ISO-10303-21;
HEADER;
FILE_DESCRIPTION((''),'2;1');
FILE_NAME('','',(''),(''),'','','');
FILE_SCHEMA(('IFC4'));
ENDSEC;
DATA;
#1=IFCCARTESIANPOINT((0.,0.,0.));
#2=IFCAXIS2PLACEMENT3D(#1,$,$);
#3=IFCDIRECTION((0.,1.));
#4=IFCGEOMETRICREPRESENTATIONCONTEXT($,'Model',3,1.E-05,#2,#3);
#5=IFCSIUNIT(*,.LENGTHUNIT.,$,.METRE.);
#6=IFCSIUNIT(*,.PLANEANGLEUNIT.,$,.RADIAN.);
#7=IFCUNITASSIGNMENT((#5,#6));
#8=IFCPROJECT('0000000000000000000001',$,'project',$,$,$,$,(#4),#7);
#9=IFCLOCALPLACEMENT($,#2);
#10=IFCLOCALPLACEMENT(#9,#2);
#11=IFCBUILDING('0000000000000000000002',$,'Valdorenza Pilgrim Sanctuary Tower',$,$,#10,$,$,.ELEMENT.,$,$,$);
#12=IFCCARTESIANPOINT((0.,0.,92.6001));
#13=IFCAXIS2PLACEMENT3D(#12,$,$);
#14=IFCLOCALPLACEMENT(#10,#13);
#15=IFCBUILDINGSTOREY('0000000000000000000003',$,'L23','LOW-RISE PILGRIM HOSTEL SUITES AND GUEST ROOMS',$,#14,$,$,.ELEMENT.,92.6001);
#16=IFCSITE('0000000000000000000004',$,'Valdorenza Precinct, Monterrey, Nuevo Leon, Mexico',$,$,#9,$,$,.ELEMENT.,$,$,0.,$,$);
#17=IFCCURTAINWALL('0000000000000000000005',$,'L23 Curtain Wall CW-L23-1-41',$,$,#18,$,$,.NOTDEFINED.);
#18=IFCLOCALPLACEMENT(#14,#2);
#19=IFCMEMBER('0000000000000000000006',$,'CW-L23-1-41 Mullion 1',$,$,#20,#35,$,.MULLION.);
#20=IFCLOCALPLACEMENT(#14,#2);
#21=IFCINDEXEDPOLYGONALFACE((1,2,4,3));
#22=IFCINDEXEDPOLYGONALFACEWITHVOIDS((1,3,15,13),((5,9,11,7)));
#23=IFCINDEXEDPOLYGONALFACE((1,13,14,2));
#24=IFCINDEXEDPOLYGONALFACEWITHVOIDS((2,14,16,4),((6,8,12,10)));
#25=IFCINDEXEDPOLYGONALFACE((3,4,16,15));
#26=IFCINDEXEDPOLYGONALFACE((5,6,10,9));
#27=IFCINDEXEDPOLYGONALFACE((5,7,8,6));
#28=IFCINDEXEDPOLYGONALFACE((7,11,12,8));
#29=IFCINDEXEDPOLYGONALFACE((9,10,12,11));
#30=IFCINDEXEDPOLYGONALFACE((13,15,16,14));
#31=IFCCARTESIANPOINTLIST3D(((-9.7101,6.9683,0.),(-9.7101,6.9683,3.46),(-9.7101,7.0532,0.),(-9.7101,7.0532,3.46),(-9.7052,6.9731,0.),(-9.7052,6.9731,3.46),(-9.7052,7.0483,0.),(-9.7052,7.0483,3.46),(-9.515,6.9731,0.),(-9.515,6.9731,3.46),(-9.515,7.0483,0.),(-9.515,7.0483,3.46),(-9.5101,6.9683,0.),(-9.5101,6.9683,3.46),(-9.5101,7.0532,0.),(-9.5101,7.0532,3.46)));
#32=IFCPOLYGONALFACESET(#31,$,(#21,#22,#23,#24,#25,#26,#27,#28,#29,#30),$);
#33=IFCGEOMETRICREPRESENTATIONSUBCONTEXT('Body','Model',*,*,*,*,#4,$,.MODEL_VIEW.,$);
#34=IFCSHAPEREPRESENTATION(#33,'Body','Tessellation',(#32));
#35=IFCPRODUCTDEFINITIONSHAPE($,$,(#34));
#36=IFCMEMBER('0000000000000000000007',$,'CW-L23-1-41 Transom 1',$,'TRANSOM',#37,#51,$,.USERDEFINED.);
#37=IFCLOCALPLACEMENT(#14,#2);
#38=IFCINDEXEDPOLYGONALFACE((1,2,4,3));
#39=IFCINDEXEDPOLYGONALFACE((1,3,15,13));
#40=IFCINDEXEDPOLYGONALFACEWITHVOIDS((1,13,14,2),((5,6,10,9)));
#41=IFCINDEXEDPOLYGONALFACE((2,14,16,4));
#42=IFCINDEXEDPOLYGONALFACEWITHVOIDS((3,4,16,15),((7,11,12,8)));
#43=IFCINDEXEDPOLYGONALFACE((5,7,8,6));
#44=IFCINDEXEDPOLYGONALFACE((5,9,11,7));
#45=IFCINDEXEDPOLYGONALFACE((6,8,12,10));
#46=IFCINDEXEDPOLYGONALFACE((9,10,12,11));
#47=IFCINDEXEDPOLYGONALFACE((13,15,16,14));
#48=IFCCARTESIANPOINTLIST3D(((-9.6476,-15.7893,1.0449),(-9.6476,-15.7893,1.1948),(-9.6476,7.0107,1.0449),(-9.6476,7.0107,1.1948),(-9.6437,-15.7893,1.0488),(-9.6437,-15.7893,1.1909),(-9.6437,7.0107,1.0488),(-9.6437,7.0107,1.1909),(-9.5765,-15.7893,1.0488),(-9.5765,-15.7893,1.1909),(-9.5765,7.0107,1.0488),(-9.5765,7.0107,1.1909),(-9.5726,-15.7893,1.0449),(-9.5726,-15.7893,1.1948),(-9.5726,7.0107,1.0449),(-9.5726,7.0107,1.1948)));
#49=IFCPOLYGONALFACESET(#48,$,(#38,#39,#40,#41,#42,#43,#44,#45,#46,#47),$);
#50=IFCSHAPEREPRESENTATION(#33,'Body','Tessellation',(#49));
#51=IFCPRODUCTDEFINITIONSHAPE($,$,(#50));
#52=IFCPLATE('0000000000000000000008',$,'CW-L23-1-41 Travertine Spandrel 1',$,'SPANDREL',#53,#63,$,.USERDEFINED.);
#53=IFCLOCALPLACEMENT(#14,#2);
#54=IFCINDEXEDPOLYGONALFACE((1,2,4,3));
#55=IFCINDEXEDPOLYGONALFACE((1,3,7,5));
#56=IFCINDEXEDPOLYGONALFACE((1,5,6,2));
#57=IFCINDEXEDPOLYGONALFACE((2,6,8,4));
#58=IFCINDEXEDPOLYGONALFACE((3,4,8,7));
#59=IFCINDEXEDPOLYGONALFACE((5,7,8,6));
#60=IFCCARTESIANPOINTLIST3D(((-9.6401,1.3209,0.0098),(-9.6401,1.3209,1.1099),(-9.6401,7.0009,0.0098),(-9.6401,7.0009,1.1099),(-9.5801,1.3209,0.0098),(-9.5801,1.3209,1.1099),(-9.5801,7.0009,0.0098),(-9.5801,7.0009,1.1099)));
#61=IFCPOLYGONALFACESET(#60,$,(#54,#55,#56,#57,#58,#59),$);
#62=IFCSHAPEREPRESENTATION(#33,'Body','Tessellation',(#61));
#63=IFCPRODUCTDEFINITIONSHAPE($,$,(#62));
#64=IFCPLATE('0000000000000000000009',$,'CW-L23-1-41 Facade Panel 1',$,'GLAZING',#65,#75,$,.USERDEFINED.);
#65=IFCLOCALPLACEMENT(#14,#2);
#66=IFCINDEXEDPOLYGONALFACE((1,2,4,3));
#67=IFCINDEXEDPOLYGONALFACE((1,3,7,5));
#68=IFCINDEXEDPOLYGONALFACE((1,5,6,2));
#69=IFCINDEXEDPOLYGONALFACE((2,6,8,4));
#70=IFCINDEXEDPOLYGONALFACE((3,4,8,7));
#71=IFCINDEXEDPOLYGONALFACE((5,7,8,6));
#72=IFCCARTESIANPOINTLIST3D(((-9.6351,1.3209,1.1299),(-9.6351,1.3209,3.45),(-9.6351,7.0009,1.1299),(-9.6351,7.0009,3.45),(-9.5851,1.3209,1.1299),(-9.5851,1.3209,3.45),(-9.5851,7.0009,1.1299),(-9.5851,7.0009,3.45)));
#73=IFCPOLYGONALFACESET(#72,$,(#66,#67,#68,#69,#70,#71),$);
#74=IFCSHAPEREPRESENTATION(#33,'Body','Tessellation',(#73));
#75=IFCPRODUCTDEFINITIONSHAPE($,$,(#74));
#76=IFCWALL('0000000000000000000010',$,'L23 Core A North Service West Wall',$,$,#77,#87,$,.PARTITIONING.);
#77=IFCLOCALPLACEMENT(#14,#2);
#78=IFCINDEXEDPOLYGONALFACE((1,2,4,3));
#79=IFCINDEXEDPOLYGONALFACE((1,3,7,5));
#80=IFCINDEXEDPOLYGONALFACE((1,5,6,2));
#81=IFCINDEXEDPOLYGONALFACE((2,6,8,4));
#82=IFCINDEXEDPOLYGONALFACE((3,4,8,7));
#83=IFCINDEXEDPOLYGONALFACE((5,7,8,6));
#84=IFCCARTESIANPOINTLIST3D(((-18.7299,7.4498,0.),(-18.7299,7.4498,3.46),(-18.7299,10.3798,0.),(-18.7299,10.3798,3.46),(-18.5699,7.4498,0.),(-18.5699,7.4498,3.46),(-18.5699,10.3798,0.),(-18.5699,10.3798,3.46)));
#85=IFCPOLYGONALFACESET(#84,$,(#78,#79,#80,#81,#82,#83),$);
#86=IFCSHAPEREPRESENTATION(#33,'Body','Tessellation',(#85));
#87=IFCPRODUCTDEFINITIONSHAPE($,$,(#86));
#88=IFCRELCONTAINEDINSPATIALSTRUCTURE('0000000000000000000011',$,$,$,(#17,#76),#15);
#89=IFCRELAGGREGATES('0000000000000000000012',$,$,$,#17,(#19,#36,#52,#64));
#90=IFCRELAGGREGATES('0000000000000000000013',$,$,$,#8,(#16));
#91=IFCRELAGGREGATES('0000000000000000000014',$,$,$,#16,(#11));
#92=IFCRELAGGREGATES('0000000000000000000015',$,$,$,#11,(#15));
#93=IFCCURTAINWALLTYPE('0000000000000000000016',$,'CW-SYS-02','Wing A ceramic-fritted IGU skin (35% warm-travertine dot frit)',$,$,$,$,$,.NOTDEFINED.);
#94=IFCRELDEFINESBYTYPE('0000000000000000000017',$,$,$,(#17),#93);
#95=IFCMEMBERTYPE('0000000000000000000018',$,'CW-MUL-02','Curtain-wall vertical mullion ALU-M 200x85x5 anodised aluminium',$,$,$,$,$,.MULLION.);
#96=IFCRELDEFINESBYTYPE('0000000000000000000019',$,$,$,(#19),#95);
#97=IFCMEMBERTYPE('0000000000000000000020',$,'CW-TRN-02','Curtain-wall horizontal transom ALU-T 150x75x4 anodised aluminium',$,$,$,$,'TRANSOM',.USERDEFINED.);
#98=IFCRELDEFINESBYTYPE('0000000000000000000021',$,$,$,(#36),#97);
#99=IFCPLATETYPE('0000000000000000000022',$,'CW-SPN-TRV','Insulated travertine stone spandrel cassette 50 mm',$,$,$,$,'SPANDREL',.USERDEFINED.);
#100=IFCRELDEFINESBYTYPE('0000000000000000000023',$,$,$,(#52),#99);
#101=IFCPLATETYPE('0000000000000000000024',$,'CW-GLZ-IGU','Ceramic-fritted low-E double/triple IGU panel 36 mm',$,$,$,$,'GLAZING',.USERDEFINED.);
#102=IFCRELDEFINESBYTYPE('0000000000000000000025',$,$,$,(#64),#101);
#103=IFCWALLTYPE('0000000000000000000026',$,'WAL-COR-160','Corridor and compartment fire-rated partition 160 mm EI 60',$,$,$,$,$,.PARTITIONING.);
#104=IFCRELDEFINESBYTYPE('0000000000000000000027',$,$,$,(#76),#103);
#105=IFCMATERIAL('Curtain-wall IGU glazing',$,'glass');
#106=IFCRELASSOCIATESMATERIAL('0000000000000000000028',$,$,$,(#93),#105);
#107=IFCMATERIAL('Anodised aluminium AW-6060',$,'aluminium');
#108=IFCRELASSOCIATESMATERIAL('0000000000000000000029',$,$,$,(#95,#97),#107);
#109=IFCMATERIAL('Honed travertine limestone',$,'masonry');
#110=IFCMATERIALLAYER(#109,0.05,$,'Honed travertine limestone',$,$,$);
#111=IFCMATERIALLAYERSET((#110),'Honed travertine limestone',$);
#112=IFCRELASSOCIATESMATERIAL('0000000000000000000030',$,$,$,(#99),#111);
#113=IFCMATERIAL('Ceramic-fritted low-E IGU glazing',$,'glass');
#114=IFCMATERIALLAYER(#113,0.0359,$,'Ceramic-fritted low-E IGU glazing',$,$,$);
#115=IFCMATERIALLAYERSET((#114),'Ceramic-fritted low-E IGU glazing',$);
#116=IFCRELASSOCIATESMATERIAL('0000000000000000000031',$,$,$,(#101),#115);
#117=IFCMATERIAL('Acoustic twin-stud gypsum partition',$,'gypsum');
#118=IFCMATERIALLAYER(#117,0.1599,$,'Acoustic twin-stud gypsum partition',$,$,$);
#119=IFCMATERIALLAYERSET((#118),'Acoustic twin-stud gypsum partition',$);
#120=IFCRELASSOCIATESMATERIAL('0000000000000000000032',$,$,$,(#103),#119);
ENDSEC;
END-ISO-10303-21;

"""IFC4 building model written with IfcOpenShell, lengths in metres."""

from ifc_helpers import new_model, si_unit, direction, frame, frame_2d, origin, origin_2d, place, context, subcontext, project, spatial, rectangle, hollow_rectangle, extrude, source, transform, mapped, material, layer, layer_set, material_profile, profile_set, type_object, element, aggregate, save


model = new_model("IFC4")

# Units and contexts
model_context = context("Model", 3, precision=1e-05, world=origin(), true_north=direction((0.0, 1.0)))
body_context = subcontext(model_context, "Body", "Model", "MODEL_VIEW")
ifc_project = project(units=[si_unit("LENGTHUNIT", "METRE"), si_unit("PLANEANGLEUNIT", "RADIAN")], contexts=[model_context])

# Site, building, storey
site_placement = place(None, origin())
site = spatial("IfcSite", under=ifc_project, at=site_placement, Name="Valdorenza Precinct, Monterrey, Nuevo Leon, Mexico", CompositionType="ELEMENT", RefElevation=0.0)
building_placement = place(site_placement, origin())
building = spatial("IfcBuilding", under=site, at=building_placement, Name="Valdorenza Pilgrim Sanctuary Tower", CompositionType="ELEMENT")
storey_placement = place(building_placement, frame((0.0, 0.0, 92.6001)))
storey = spatial("IfcBuildingStorey", under=building, at=storey_placement, Name="L23", Description="LOW-RISE PILGRIM HOSTEL SUITES AND GUEST ROOMS", CompositionType="ELEMENT", Elevation=92.6001)

# Curtain wall, members, plates
ifc_material_1 = material(Name="Curtain-wall IGU glazing", Category="glass")
curtain_wall_type = type_object("IfcCurtainWallType", Name="CW-SYS-02", Description="Wing A ceramic-fritted IGU skin (35% warm-travertine dot frit)", PredefinedType="NOTDEFINED", material=ifc_material_1)
curtain_wall_placement = place(storey_placement, origin())
curtain_wall = element("IfcCurtainWall", 1, at=curtain_wall_placement, inside=storey, type_object=curtain_wall_type, Name="L23 Curtain Wall CW-L23-1-41", PredefinedType="NOTDEFINED")
ifc_material_2 = material(Name="Anodised aluminium AW-6060", Category="aluminium")
ifc_material_profile_1 = material_profile(ifc_material_2, hollow_rectangle(XDim=0.085, YDim=0.2, WallThickness=0.0049, at=origin_2d()), Name="ALU-M 200x85x5")
ifc_profile_set_1 = profile_set([ifc_material_profile_1], Name="Anodised aluminium AW-6060")
member_type_1 = type_object("IfcMemberType", Name="CW-MUL-02", Description="Curtain-wall vertical mullion ALU-M 200x85x5 anodised aluminium", PredefinedType="MULLION", material=ifc_profile_set_1)
shared_shape_1 = source(origin(), body_context, "Body", "SweptSolid", [
    extrude(hollow_rectangle(XDim=0.085, YDim=0.2, WallThickness=0.0049, at=origin_2d()), origin(), (0.0, 0.0, 1.0), 3.46),
])
member_1_placement = place(storey_placement, frame((-9.6101, 7.0107, 0.0), z_axis=(0.0, 0.0, 1.0), x_axis=(0.0, -1.0, 0.0)))
member_1 = element("IfcMember", 2, at=member_1_placement, type_object=member_type_1, Name="CW-L23-1-41 Mullion 1", PredefinedType="MULLION", context=body_context, shape_type="MappedRepresentation", body=[
    mapped(shared_shape_1, transform((0.0, 0.0, 0.0), x_axis=(1.0, 0.0, 0.0), y_axis=(0.0, 1.0, 0.0), z_axis=(0.0, 0.0, 1.0), scale=1.0)),
])
ifc_material_profile_2 = material_profile(ifc_material_2, hollow_rectangle(XDim=0.075, YDim=0.1499, WallThickness=0.0039, at=origin_2d()), Name="ALU-T 150x75x4")
ifc_profile_set_2 = profile_set([ifc_material_profile_2], Name="Anodised aluminium AW-6060")
member_type_2 = type_object("IfcMemberType", Name="CW-TRN-02", Description="Curtain-wall horizontal transom ALU-T 150x75x4 anodised aluminium", ElementType="TRANSOM", PredefinedType="USERDEFINED", material=ifc_profile_set_2)
shared_shape_2 = source(origin(), body_context, "Body", "SweptSolid", [
    extrude(hollow_rectangle(XDim=0.075, YDim=0.1499, WallThickness=0.0039, at=origin_2d()), origin(), (0.0, 0.0, 1.0), 22.8),
])
member_2_placement = place(storey_placement, frame((-9.6101, 7.0107, 1.1199), z_axis=(0.0, -1.0, 0.0), x_axis=(1.0, 0.0, 0.0)))
member_2 = element("IfcMember", 3, at=member_2_placement, type_object=member_type_2, Name="CW-L23-1-41 Transom 1", ObjectType="TRANSOM", PredefinedType="USERDEFINED", context=body_context, shape_type="MappedRepresentation", body=[
    mapped(shared_shape_2, transform((0.0, 0.0, 0.0), x_axis=(1.0, 0.0, 0.0), y_axis=(0.0, 1.0, 0.0), z_axis=(0.0, 0.0, 1.0), scale=1.0)),
])
ifc_material_3 = material(Name="Honed travertine limestone", Category="masonry")
ifc_layer_1 = layer(ifc_material_3, 0.05, Name="Honed travertine limestone")
ifc_layer_set_1 = layer_set([ifc_layer_1], Name="Honed travertine limestone")
plate_type_1 = type_object("IfcPlateType", Name="CW-SPN-TRV", Description="Insulated travertine stone spandrel cassette 50 mm", ElementType="SPANDREL", PredefinedType="USERDEFINED", material=ifc_layer_set_1)
shared_shape_3 = source(origin(), body_context, "Body", "SweptSolid", [
    extrude(rectangle(XDim=5.6799, YDim=0.0601, at=origin_2d()), origin(), (0.0, 0.0, 1.0), 1.1001),
])
plate_1_placement = place(storey_placement, frame((-9.6101, 4.1609, 0.0098), z_axis=(0.0, 0.0, 1.0), x_axis=(0.0, -1.0, 0.0)))
plate_1 = element("IfcPlate", 4, at=plate_1_placement, type_object=plate_type_1, Name="CW-L23-1-41 Travertine Spandrel 1", ObjectType="SPANDREL", PredefinedType="USERDEFINED", context=body_context, shape_type="MappedRepresentation", body=[
    mapped(shared_shape_3, transform((0.0, 0.0, 0.0), x_axis=(1.0, 0.0, 0.0), y_axis=(0.0, 1.0, 0.0), z_axis=(0.0, 0.0, 1.0), scale=1.0)),
])
ifc_material_4 = material(Name="Ceramic-fritted low-E IGU glazing", Category="glass")
ifc_layer_2 = layer(ifc_material_4, 0.0359, Name="Ceramic-fritted low-E IGU glazing")
ifc_layer_set_2 = layer_set([ifc_layer_2], Name="Ceramic-fritted low-E IGU glazing")
plate_type_2 = type_object("IfcPlateType", Name="CW-GLZ-IGU", Description="Ceramic-fritted low-E double/triple IGU panel 36 mm", ElementType="GLAZING", PredefinedType="USERDEFINED", material=ifc_layer_set_2)
shared_shape_4 = source(origin(), body_context, "Body", "SweptSolid", [
    extrude(rectangle(XDim=5.6799, YDim=0.05, at=origin_2d()), origin(), (0.0, 0.0, 1.0), 2.3201),
])
plate_2_placement = place(storey_placement, frame((-9.6101, 4.1609, 1.1299), z_axis=(0.0, 0.0, 1.0), x_axis=(0.0, -1.0, 0.0)))
plate_2 = element("IfcPlate", 5, at=plate_2_placement, type_object=plate_type_2, Name="CW-L23-1-41 Facade Panel 1", ObjectType="GLAZING", PredefinedType="USERDEFINED", context=body_context, shape_type="MappedRepresentation", body=[
    mapped(shared_shape_4, transform((0.0, 0.0, 0.0), x_axis=(1.0, 0.0, 0.0), y_axis=(0.0, 1.0, 0.0), z_axis=(0.0, 0.0, 1.0), scale=1.0)),
])
aggregate(curtain_wall, [member_1, member_2, plate_1, plate_2])

# Wall
ifc_material_5 = material(Name="Acoustic twin-stud gypsum partition", Category="gypsum")
ifc_layer_3 = layer(ifc_material_5, 0.1599, Name="Acoustic twin-stud gypsum partition")
ifc_layer_set_3 = layer_set([ifc_layer_3], Name="Acoustic twin-stud gypsum partition")
wall_type_1 = type_object("IfcWallType", Name="WAL-COR-160", Description="Corridor and compartment fire-rated partition 160 mm EI 60", PredefinedType="PARTITIONING", material=ifc_layer_set_3)
wall_1_placement = place(storey_placement, frame((-18.6499, 7.45, 0.0), z_axis=(0.0, 0.0, 1.0), x_axis=(0.0, 1.0, 0.0)))
element("IfcWall", 6, at=wall_1_placement, inside=storey, type_object=wall_type_1, Name="L23 Core A North Service West Wall", PredefinedType="PARTITIONING", context=body_context, shape_type="SweptSolid", body=[
    extrude(rectangle(XDim=2.9299, YDim=0.1599, at=frame_2d((1.4648, 0.0))), origin(), (0.0, 0.0, 1.0), 3.46),
])

save(model, "model.ifc")
